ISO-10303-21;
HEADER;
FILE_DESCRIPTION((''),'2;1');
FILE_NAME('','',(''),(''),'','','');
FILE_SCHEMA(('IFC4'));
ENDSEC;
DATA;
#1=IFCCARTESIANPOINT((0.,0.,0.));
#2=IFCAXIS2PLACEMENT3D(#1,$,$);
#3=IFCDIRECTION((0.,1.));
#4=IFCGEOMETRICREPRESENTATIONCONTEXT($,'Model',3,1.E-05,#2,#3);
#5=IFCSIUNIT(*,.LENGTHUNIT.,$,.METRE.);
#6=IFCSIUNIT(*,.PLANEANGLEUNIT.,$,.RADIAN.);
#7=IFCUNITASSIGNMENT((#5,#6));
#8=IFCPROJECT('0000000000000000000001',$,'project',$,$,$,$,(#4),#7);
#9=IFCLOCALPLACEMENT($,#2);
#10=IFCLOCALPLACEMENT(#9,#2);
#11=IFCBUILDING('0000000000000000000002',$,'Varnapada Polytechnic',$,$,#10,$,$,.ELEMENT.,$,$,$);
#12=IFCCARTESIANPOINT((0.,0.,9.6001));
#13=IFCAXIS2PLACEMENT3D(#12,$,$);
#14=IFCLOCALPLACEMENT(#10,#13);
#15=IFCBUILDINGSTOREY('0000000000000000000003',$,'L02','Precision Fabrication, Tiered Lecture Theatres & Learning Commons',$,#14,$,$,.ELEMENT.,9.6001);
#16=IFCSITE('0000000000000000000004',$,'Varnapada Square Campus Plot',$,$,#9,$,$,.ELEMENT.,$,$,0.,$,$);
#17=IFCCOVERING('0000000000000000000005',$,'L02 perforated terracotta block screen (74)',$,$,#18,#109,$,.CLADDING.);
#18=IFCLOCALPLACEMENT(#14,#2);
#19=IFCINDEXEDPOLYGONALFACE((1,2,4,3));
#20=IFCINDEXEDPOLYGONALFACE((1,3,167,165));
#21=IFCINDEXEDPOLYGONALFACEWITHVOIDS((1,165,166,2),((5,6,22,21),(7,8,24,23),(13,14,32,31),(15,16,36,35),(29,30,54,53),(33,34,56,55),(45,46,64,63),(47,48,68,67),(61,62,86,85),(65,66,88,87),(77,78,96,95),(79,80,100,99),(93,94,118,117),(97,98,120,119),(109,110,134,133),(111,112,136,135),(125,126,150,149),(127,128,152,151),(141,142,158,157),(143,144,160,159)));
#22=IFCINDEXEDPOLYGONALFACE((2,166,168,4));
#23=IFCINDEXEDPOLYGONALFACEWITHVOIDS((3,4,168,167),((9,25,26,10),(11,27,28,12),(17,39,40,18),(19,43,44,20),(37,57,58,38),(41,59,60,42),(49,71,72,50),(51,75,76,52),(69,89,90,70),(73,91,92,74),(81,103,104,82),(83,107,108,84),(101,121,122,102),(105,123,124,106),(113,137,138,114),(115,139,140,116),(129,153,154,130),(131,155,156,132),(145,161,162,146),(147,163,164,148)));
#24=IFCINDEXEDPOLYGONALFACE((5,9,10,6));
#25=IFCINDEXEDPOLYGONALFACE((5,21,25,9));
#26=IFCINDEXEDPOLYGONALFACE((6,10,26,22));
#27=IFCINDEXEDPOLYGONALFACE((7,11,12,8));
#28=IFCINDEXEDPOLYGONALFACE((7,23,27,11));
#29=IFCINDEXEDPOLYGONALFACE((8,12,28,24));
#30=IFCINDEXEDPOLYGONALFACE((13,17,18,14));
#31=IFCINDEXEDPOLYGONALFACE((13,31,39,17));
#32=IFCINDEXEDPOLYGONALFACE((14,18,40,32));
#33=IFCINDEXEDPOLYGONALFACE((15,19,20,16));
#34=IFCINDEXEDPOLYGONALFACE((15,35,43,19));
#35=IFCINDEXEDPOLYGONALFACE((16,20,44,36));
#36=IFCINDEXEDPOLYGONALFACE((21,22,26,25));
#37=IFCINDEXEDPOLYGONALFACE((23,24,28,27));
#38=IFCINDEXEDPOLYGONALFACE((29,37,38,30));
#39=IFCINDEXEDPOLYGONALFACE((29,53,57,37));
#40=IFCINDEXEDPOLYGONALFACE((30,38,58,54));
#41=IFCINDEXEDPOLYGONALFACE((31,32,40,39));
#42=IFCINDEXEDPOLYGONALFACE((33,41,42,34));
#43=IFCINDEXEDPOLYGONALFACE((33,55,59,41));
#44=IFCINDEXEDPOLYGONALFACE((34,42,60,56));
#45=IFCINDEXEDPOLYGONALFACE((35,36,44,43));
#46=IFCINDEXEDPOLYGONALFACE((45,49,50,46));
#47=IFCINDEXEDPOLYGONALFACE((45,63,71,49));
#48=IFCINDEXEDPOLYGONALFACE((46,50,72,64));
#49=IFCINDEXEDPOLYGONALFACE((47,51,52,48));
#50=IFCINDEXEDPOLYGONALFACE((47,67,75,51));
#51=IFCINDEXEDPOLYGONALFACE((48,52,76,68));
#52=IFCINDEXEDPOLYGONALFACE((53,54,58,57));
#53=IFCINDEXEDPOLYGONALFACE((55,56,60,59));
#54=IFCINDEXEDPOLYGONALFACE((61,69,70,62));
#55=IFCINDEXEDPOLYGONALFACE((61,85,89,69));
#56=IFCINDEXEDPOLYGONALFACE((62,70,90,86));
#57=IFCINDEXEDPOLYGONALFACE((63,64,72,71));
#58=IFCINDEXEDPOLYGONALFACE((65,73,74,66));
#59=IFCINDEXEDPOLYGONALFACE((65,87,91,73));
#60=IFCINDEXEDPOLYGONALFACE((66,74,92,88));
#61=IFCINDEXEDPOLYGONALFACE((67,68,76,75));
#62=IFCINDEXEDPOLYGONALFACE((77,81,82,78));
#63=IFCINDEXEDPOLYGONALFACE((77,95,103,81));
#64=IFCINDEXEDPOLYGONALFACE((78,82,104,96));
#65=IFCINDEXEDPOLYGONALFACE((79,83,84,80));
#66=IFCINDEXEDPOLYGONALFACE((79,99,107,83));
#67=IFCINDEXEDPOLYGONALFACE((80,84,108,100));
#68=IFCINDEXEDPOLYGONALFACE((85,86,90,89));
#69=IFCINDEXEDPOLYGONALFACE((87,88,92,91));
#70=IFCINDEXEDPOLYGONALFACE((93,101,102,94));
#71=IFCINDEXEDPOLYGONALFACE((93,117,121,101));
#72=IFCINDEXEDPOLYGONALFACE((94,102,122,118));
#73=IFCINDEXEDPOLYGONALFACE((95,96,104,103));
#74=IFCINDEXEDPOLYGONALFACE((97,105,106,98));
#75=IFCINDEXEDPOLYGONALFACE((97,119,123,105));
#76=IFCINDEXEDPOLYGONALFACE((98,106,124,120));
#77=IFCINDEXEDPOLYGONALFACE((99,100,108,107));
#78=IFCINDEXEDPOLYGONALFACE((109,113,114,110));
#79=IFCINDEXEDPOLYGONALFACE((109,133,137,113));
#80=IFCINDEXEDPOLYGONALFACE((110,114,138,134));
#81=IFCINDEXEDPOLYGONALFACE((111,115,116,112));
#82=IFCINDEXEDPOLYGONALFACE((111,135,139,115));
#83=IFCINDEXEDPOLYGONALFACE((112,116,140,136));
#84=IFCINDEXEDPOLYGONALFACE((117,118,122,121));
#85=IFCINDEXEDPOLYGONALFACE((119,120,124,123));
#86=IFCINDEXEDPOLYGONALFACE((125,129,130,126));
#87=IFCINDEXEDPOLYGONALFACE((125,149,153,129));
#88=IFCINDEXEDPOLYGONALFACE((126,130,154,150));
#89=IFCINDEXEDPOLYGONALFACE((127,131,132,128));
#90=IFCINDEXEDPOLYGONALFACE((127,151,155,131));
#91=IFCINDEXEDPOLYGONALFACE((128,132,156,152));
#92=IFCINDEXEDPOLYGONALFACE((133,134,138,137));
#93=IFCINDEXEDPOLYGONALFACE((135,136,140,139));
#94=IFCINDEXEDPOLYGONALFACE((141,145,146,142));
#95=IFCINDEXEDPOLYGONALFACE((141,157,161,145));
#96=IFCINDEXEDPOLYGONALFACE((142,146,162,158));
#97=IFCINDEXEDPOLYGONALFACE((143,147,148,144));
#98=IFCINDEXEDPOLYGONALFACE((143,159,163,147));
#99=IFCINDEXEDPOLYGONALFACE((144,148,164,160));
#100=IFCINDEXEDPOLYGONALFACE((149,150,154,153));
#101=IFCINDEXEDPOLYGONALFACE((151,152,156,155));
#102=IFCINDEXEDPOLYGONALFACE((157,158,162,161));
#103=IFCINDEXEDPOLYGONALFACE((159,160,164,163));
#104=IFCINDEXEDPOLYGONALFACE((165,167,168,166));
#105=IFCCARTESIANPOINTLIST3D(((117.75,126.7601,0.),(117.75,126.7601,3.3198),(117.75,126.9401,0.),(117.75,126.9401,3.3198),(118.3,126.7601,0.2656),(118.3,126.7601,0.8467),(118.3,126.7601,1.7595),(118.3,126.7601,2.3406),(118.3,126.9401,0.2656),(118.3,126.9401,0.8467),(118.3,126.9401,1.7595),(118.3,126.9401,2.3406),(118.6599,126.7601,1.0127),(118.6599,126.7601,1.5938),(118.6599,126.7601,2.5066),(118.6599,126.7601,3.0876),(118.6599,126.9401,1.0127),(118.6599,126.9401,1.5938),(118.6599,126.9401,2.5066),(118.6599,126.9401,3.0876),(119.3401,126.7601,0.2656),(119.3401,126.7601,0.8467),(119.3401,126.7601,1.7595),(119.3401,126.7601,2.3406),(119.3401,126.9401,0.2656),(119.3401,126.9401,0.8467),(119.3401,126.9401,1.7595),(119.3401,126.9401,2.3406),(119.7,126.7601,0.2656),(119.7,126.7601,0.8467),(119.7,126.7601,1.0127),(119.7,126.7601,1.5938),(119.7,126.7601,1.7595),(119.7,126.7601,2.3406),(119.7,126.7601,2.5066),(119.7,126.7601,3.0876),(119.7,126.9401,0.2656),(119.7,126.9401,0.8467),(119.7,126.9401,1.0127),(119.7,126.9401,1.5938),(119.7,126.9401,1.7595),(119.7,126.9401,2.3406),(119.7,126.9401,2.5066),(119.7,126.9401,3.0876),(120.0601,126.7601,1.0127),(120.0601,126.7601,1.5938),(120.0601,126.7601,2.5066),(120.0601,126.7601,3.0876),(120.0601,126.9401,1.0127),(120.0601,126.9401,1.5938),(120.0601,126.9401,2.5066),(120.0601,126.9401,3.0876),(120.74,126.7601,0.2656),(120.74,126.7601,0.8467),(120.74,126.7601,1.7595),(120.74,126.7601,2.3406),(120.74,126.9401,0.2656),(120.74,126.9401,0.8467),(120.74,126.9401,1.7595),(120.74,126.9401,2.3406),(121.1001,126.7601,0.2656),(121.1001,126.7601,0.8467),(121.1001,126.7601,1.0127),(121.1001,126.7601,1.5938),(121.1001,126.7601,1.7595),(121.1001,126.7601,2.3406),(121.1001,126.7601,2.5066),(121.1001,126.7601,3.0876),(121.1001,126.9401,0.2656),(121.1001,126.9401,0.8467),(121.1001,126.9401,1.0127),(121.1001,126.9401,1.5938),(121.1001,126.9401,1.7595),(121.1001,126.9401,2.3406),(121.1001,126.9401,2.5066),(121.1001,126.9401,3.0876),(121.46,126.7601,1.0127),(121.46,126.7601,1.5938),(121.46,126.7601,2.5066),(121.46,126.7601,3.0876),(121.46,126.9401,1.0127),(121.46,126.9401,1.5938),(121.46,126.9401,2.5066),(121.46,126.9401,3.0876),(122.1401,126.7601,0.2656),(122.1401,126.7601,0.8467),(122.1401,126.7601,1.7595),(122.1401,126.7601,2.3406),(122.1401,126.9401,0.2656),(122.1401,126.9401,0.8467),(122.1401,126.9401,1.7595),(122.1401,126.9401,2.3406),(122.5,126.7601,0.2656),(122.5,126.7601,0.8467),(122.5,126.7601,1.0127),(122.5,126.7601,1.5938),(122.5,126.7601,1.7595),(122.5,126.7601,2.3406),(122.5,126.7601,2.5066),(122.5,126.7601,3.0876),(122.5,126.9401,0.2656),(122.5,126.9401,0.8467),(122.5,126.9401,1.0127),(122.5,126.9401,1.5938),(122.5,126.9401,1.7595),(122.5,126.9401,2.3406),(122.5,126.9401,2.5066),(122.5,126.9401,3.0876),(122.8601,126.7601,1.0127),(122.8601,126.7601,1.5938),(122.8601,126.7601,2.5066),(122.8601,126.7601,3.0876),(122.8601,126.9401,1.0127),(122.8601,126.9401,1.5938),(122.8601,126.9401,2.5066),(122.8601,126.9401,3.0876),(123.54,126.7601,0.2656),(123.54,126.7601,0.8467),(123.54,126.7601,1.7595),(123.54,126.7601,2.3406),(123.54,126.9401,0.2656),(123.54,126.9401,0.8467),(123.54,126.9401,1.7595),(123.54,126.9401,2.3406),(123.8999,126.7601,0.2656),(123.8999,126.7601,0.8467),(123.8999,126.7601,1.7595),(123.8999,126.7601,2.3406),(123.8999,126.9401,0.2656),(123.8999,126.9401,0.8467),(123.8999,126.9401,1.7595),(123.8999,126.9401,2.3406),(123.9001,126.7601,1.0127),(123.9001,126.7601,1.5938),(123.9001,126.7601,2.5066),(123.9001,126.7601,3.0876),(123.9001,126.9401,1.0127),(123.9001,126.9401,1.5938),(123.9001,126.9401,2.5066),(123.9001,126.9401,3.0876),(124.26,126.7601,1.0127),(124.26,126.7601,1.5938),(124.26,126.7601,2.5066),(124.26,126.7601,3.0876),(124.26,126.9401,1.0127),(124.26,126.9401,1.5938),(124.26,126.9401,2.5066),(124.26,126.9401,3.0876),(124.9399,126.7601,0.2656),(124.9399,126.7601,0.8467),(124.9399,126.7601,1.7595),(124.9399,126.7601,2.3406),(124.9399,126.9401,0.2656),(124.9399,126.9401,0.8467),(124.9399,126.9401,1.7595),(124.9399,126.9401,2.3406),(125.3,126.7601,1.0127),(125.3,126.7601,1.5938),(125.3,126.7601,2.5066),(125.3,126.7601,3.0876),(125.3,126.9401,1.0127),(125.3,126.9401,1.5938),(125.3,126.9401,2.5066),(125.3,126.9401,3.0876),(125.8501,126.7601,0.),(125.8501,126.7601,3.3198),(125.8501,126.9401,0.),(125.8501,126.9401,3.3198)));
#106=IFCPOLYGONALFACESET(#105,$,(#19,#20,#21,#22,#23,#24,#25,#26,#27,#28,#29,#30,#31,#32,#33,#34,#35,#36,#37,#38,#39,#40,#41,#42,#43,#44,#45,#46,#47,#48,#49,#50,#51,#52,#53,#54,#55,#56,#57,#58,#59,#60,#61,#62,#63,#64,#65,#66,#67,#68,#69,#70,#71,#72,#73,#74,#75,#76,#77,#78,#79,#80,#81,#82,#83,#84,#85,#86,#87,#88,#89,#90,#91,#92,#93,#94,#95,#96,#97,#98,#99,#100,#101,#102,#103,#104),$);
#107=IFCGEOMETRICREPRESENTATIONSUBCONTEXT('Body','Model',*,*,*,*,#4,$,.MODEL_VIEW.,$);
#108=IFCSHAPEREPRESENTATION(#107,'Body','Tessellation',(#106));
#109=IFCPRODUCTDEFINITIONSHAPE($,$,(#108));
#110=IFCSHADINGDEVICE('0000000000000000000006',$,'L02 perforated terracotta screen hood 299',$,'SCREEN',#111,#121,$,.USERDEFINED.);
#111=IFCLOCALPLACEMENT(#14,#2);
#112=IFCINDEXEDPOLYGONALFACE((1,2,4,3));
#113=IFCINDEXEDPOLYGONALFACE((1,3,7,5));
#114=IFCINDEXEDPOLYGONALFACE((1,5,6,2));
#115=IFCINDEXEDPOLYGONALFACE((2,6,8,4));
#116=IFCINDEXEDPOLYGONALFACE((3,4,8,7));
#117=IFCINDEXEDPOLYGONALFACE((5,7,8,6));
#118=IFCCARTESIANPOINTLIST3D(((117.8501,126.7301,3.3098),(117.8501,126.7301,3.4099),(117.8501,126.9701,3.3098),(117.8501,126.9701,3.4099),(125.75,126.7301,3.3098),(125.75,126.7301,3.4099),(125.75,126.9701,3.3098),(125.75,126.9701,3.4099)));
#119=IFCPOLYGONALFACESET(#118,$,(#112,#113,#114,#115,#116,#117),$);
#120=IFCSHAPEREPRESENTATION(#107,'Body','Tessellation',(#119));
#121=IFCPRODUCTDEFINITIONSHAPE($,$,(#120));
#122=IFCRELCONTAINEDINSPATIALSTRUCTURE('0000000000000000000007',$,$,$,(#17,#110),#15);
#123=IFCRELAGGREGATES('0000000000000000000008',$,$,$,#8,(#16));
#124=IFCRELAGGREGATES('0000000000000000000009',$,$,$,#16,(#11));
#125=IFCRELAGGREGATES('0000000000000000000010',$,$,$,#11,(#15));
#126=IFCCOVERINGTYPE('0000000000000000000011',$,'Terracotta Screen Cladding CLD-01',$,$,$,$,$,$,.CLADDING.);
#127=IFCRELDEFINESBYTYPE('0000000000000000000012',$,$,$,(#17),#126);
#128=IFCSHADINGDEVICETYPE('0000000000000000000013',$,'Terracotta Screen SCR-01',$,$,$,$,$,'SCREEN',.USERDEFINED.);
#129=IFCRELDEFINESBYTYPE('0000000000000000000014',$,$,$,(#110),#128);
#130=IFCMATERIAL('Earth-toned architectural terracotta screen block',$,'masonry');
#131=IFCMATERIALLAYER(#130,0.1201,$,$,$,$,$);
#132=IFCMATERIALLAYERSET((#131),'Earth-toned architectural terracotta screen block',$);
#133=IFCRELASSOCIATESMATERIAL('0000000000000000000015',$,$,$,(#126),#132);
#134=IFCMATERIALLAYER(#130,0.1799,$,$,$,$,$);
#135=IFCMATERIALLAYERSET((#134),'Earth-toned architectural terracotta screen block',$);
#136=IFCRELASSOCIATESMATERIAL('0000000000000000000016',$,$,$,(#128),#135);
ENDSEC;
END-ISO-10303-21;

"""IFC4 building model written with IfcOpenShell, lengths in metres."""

from ifc_helpers import new_model, si_unit, direction, frame, frame_2d, origin, origin_2d, place, context, subcontext, project, spatial, rectangle, extrude, material, layer, layer_set, type_object, element, save


model = new_model("IFC4")

# Units and contexts
model_context = context("Model", 3, precision=1e-05, world=origin(), true_north=direction((0.0, 1.0)))
body_context = subcontext(model_context, "Body", "Model", "MODEL_VIEW")
ifc_project = project(units=[si_unit("LENGTHUNIT", "METRE"), si_unit("PLANEANGLEUNIT", "RADIAN")], contexts=[model_context])

# Site, building, storey
site_placement = place(None, origin())
site = spatial("IfcSite", under=ifc_project, at=site_placement, Name="Varnapada Square Campus Plot", CompositionType="ELEMENT", RefElevation=0.0)
building_placement = place(site_placement, origin())
building = spatial("IfcBuilding", under=site, at=building_placement, Name="Varnapada Polytechnic", CompositionType="ELEMENT")
storey_placement = place(building_placement, frame((0.0, 0.0, 9.6001)))
storey = spatial("IfcBuildingStorey", under=building, at=storey_placement, Name="L02", Description="Precision Fabrication, Tiered Lecture Theatres & Learning Commons", CompositionType="ELEMENT", Elevation=9.6001)

# Covering, openings
ifc_material_1 = material(Name="Earth-toned architectural terracotta screen block", Category="masonry")
ifc_layer_1 = layer(ifc_material_1, 0.1201)
ifc_layer_set_1 = layer_set([ifc_layer_1], Name="Earth-toned architectural terracotta screen block")
covering_type = type_object("IfcCoveringType", Name="Terracotta Screen Cladding CLD-01", PredefinedType="CLADDING", material=ifc_layer_set_1)
covering_placement = place(storey_placement, frame((117.75, 126.8501, 0.0), z_axis=(0.0, 0.0, 1.0), x_axis=(1.0, 0.0, 0.0)))
covering = element("IfcCovering", 1, at=covering_placement, inside=storey, type_object=covering_type, Name="L02 perforated terracotta block screen (74)", PredefinedType="CLADDING", context=body_context, shape_type="SweptSolid", body=[
    extrude(rectangle(XDim=8.1001, YDim=0.1799, at=frame_2d((4.05, 0.0))), origin(), (0.0, 0.0, 1.0), 3.3198),
])
opening_1_placement = place(covering_placement, frame((0.55, 0.0, 0.2656)))
element("IfcOpeningElement", 2, at=opening_1_placement, cuts=covering, PredefinedType="OPENING", context=body_context, shape_type="SweptSolid", body=[
    extrude(rectangle(XDim=1.04, YDim=0.5811, at=frame_2d((0.52, 0.2905))), frame((0.0, 0.0999, 0.0), z_axis=(0.0, -1.0, 0.0), x_axis=(1.0, 0.0, 0.0)), (0.0, 0.0, 1.0), 0.2),
])
opening_2_placement = place(covering_placement, frame((1.95, 0.0, 0.2656)))
element("IfcOpeningElement", 3, at=opening_2_placement, cuts=covering, PredefinedType="OPENING", context=body_context, shape_type="SweptSolid", body=[
    extrude(rectangle(XDim=1.04, YDim=0.5811, at=frame_2d((0.52, 0.2905))), frame((0.0, 0.0999, 0.0), z_axis=(0.0, -1.0, 0.0), x_axis=(1.0, 0.0, 0.0)), (0.0, 0.0, 1.0), 0.2),
])
opening_3_placement = place(covering_placement, frame((3.3501, 0.0, 0.2656)))
element("IfcOpeningElement", 4, at=opening_3_placement, cuts=covering, PredefinedType="OPENING", context=body_context, shape_type="SweptSolid", body=[
    extrude(rectangle(XDim=1.04, YDim=0.5811, at=frame_2d((0.52, 0.2905))), frame((0.0, 0.0999, 0.0), z_axis=(0.0, -1.0, 0.0), x_axis=(1.0, 0.0, 0.0)), (0.0, 0.0, 1.0), 0.2),
])
opening_4_placement = place(covering_placement, frame((4.75, 0.0, 0.2656)))
element("IfcOpeningElement", 5, at=opening_4_placement, cuts=covering, PredefinedType="OPENING", context=body_context, shape_type="SweptSolid", body=[
    extrude(rectangle(XDim=1.04, YDim=0.5811, at=frame_2d((0.52, 0.2905))), frame((0.0, 0.0999, 0.0), z_axis=(0.0, -1.0, 0.0), x_axis=(1.0, 0.0, 0.0)), (0.0, 0.0, 1.0), 0.2),
])
opening_5_placement = place(covering_placement, frame((6.1499, 0.0, 0.2656)))
element("IfcOpeningElement", 6, at=opening_5_placement, cuts=covering, PredefinedType="OPENING", context=body_context, shape_type="SweptSolid", body=[
    extrude(rectangle(XDim=1.04, YDim=0.5811, at=frame_2d((0.52, 0.2905))), frame((0.0, 0.0999, 0.0), z_axis=(0.0, -1.0, 0.0), x_axis=(1.0, 0.0, 0.0)), (0.0, 0.0, 1.0), 0.2),
])
opening_6_placement = place(covering_placement, frame((0.9099, 0.0, 1.0127)))
element("IfcOpeningElement", 7, at=opening_6_placement, cuts=covering, PredefinedType="OPENING", context=body_context, shape_type="SweptSolid", body=[
    extrude(rectangle(XDim=1.04, YDim=0.5811, at=frame_2d((0.52, 0.2905))), frame((0.0, 0.0999, 0.0), z_axis=(0.0, -1.0, 0.0), x_axis=(1.0, 0.0, 0.0)), (0.0, 0.0, 1.0), 0.2),
])
opening_7_placement = place(covering_placement, frame((2.3101, 0.0, 1.0127)))
element("IfcOpeningElement", 8, at=opening_7_placement, cuts=covering, PredefinedType="OPENING", context=body_context, shape_type="SweptSolid", body=[
    extrude(rectangle(XDim=1.04, YDim=0.5811, at=frame_2d((0.52, 0.2905))), frame((0.0, 0.0999, 0.0), z_axis=(0.0, -1.0, 0.0), x_axis=(1.0, 0.0, 0.0)), (0.0, 0.0, 1.0), 0.2),
])
opening_8_placement = place(covering_placement, frame((3.71, 0.0, 1.0127)))
element("IfcOpeningElement", 9, at=opening_8_placement, cuts=covering, PredefinedType="OPENING", context=body_context, shape_type="SweptSolid", body=[
    extrude(rectangle(XDim=1.04, YDim=0.5811, at=frame_2d((0.52, 0.2905))), frame((0.0, 0.0999, 0.0), z_axis=(0.0, -1.0, 0.0), x_axis=(1.0, 0.0, 0.0)), (0.0, 0.0, 1.0), 0.2),
])
opening_9_placement = place(covering_placement, frame((5.1101, 0.0, 1.0127)))
element("IfcOpeningElement", 10, at=opening_9_placement, cuts=covering, PredefinedType="OPENING", context=body_context, shape_type="SweptSolid", body=[
    extrude(rectangle(XDim=1.04, YDim=0.5811, at=frame_2d((0.52, 0.2905))), frame((0.0, 0.0999, 0.0), z_axis=(0.0, -1.0, 0.0), x_axis=(1.0, 0.0, 0.0)), (0.0, 0.0, 1.0), 0.2),
])
opening_10_placement = place(covering_placement, frame((6.51, 0.0, 1.0127)))
element("IfcOpeningElement", 11, at=opening_10_placement, cuts=covering, PredefinedType="OPENING", context=body_context, shape_type="SweptSolid", body=[
    extrude(rectangle(XDim=1.04, YDim=0.5811, at=frame_2d((0.52, 0.2905))), frame((0.0, 0.0999, 0.0), z_axis=(0.0, -1.0, 0.0), x_axis=(1.0, 0.0, 0.0)), (0.0, 0.0, 1.0), 0.2),
])
opening_11_placement = place(covering_placement, frame((0.55, 0.0, 1.7595)))
element("IfcOpeningElement", 12, at=opening_11_placement, cuts=covering, PredefinedType="OPENING", context=body_context, shape_type="SweptSolid", body=[
    extrude(rectangle(XDim=1.04, YDim=0.5811, at=frame_2d((0.52, 0.2905))), frame((0.0, 0.0999, 0.0), z_axis=(0.0, -1.0, 0.0), x_axis=(1.0, 0.0, 0.0)), (0.0, 0.0, 1.0), 0.2),
])
opening_12_placement = place(covering_placement, frame((1.95, 0.0, 1.7595)))
element("IfcOpeningElement", 13, at=opening_12_placement, cuts=covering, PredefinedType="OPENING", context=body_context, shape_type="SweptSolid", body=[
    extrude(rectangle(XDim=1.04, YDim=0.5811, at=frame_2d((0.52, 0.2905))), frame((0.0, 0.0999, 0.0), z_axis=(0.0, -1.0, 0.0), x_axis=(1.0, 0.0, 0.0)), (0.0, 0.0, 1.0), 0.2),
])
opening_13_placement = place(covering_placement, frame((3.3501, 0.0, 1.7595)))
element("IfcOpeningElement", 14, at=opening_13_placement, cuts=covering, PredefinedType="OPENING", context=body_context, shape_type="SweptSolid", body=[
    extrude(rectangle(XDim=1.04, YDim=0.5811, at=frame_2d((0.52, 0.2905))), frame((0.0, 0.0999, 0.0), z_axis=(0.0, -1.0, 0.0), x_axis=(1.0, 0.0, 0.0)), (0.0, 0.0, 1.0), 0.2),
])
opening_14_placement = place(covering_placement, frame((4.75, 0.0, 1.7595)))
element("IfcOpeningElement", 15, at=opening_14_placement, cuts=covering, PredefinedType="OPENING", context=body_context, shape_type="SweptSolid", body=[
    extrude(rectangle(XDim=1.04, YDim=0.5811, at=frame_2d((0.52, 0.2905))), frame((0.0, 0.0999, 0.0), z_axis=(0.0, -1.0, 0.0), x_axis=(1.0, 0.0, 0.0)), (0.0, 0.0, 1.0), 0.2),
])
opening_15_placement = place(covering_placement, frame((6.1499, 0.0, 1.7595)))
element("IfcOpeningElement", 16, at=opening_15_placement, cuts=covering, PredefinedType="OPENING", context=body_context, shape_type="SweptSolid", body=[
    extrude(rectangle(XDim=1.04, YDim=0.5811, at=frame_2d((0.52, 0.2905))), frame((0.0, 0.0999, 0.0), z_axis=(0.0, -1.0, 0.0), x_axis=(1.0, 0.0, 0.0)), (0.0, 0.0, 1.0), 0.2),
])
opening_16_placement = place(covering_placement, frame((0.9099, 0.0, 2.5066)))
element("IfcOpeningElement", 17, at=opening_16_placement, cuts=covering, PredefinedType="OPENING", context=body_context, shape_type="SweptSolid", body=[
    extrude(rectangle(XDim=1.04, YDim=0.5811, at=frame_2d((0.52, 0.2905))), frame((0.0, 0.0999, 0.0), z_axis=(0.0, -1.0, 0.0), x_axis=(1.0, 0.0, 0.0)), (0.0, 0.0, 1.0), 0.2),
])
opening_17_placement = place(covering_placement, frame((2.3101, 0.0, 2.5066)))
element("IfcOpeningElement", 18, at=opening_17_placement, cuts=covering, PredefinedType="OPENING", context=body_context, shape_type="SweptSolid", body=[
    extrude(rectangle(XDim=1.04, YDim=0.5811, at=frame_2d((0.52, 0.2905))), frame((0.0, 0.0999, 0.0), z_axis=(0.0, -1.0, 0.0), x_axis=(1.0, 0.0, 0.0)), (0.0, 0.0, 1.0), 0.2),
])
opening_18_placement = place(covering_placement, frame((3.71, 0.0, 2.5066)))
element("IfcOpeningElement", 19, at=opening_18_placement, cuts=covering, PredefinedType="OPENING", context=body_context, shape_type="SweptSolid", body=[
    extrude(rectangle(XDim=1.04, YDim=0.5811, at=frame_2d((0.52, 0.2905))), frame((0.0, 0.0999, 0.0), z_axis=(0.0, -1.0, 0.0), x_axis=(1.0, 0.0, 0.0)), (0.0, 0.0, 1.0), 0.2),
])
opening_19_placement = place(covering_placement, frame((5.1101, 0.0, 2.5066)))
element("IfcOpeningElement", 20, at=opening_19_placement, cuts=covering, PredefinedType="OPENING", context=body_context, shape_type="SweptSolid", body=[
    extrude(rectangle(XDim=1.04, YDim=0.5811, at=frame_2d((0.52, 0.2905))), frame((0.0, 0.0999, 0.0), z_axis=(0.0, -1.0, 0.0), x_axis=(1.0, 0.0, 0.0)), (0.0, 0.0, 1.0), 0.2),
])
opening_20_placement = place(covering_placement, frame((6.51, 0.0, 2.5066)))
element("IfcOpeningElement", 21, at=opening_20_placement, cuts=covering, PredefinedType="OPENING", context=body_context, shape_type="SweptSolid", body=[
    extrude(rectangle(XDim=1.04, YDim=0.5811, at=frame_2d((0.52, 0.2905))), frame((0.0, 0.0999, 0.0), z_axis=(0.0, -1.0, 0.0), x_axis=(1.0, 0.0, 0.0)), (0.0, 0.0, 1.0), 0.2),
])

# Shading device
ifc_layer_2 = layer(ifc_material_1, 0.1799)
ifc_layer_set_2 = layer_set([ifc_layer_2], Name="Earth-toned architectural terracotta screen block")
shading_device_type = type_object("IfcShadingDeviceType", Name="Terracotta Screen SCR-01", ElementType="SCREEN", PredefinedType="USERDEFINED", material=ifc_layer_set_2)
shading_device_placement = place(storey_placement, frame((121.8, 126.8501, 3.3098), z_axis=(0.0, 0.0, 1.0), x_axis=(1.0, 0.0, 0.0)))
element("IfcShadingDevice", 22, at=shading_device_placement, inside=storey, type_object=shading_device_type, Name="L02 perforated terracotta screen hood 299", ObjectType="SCREEN", PredefinedType="USERDEFINED", context=body_context, shape_type="SweptSolid", body=[
    extrude(rectangle(XDim=7.8999, YDim=0.24, at=origin_2d()), origin(), (0.0, 0.0, 1.0), 0.1001),
])

save(model, "model.ifc")
